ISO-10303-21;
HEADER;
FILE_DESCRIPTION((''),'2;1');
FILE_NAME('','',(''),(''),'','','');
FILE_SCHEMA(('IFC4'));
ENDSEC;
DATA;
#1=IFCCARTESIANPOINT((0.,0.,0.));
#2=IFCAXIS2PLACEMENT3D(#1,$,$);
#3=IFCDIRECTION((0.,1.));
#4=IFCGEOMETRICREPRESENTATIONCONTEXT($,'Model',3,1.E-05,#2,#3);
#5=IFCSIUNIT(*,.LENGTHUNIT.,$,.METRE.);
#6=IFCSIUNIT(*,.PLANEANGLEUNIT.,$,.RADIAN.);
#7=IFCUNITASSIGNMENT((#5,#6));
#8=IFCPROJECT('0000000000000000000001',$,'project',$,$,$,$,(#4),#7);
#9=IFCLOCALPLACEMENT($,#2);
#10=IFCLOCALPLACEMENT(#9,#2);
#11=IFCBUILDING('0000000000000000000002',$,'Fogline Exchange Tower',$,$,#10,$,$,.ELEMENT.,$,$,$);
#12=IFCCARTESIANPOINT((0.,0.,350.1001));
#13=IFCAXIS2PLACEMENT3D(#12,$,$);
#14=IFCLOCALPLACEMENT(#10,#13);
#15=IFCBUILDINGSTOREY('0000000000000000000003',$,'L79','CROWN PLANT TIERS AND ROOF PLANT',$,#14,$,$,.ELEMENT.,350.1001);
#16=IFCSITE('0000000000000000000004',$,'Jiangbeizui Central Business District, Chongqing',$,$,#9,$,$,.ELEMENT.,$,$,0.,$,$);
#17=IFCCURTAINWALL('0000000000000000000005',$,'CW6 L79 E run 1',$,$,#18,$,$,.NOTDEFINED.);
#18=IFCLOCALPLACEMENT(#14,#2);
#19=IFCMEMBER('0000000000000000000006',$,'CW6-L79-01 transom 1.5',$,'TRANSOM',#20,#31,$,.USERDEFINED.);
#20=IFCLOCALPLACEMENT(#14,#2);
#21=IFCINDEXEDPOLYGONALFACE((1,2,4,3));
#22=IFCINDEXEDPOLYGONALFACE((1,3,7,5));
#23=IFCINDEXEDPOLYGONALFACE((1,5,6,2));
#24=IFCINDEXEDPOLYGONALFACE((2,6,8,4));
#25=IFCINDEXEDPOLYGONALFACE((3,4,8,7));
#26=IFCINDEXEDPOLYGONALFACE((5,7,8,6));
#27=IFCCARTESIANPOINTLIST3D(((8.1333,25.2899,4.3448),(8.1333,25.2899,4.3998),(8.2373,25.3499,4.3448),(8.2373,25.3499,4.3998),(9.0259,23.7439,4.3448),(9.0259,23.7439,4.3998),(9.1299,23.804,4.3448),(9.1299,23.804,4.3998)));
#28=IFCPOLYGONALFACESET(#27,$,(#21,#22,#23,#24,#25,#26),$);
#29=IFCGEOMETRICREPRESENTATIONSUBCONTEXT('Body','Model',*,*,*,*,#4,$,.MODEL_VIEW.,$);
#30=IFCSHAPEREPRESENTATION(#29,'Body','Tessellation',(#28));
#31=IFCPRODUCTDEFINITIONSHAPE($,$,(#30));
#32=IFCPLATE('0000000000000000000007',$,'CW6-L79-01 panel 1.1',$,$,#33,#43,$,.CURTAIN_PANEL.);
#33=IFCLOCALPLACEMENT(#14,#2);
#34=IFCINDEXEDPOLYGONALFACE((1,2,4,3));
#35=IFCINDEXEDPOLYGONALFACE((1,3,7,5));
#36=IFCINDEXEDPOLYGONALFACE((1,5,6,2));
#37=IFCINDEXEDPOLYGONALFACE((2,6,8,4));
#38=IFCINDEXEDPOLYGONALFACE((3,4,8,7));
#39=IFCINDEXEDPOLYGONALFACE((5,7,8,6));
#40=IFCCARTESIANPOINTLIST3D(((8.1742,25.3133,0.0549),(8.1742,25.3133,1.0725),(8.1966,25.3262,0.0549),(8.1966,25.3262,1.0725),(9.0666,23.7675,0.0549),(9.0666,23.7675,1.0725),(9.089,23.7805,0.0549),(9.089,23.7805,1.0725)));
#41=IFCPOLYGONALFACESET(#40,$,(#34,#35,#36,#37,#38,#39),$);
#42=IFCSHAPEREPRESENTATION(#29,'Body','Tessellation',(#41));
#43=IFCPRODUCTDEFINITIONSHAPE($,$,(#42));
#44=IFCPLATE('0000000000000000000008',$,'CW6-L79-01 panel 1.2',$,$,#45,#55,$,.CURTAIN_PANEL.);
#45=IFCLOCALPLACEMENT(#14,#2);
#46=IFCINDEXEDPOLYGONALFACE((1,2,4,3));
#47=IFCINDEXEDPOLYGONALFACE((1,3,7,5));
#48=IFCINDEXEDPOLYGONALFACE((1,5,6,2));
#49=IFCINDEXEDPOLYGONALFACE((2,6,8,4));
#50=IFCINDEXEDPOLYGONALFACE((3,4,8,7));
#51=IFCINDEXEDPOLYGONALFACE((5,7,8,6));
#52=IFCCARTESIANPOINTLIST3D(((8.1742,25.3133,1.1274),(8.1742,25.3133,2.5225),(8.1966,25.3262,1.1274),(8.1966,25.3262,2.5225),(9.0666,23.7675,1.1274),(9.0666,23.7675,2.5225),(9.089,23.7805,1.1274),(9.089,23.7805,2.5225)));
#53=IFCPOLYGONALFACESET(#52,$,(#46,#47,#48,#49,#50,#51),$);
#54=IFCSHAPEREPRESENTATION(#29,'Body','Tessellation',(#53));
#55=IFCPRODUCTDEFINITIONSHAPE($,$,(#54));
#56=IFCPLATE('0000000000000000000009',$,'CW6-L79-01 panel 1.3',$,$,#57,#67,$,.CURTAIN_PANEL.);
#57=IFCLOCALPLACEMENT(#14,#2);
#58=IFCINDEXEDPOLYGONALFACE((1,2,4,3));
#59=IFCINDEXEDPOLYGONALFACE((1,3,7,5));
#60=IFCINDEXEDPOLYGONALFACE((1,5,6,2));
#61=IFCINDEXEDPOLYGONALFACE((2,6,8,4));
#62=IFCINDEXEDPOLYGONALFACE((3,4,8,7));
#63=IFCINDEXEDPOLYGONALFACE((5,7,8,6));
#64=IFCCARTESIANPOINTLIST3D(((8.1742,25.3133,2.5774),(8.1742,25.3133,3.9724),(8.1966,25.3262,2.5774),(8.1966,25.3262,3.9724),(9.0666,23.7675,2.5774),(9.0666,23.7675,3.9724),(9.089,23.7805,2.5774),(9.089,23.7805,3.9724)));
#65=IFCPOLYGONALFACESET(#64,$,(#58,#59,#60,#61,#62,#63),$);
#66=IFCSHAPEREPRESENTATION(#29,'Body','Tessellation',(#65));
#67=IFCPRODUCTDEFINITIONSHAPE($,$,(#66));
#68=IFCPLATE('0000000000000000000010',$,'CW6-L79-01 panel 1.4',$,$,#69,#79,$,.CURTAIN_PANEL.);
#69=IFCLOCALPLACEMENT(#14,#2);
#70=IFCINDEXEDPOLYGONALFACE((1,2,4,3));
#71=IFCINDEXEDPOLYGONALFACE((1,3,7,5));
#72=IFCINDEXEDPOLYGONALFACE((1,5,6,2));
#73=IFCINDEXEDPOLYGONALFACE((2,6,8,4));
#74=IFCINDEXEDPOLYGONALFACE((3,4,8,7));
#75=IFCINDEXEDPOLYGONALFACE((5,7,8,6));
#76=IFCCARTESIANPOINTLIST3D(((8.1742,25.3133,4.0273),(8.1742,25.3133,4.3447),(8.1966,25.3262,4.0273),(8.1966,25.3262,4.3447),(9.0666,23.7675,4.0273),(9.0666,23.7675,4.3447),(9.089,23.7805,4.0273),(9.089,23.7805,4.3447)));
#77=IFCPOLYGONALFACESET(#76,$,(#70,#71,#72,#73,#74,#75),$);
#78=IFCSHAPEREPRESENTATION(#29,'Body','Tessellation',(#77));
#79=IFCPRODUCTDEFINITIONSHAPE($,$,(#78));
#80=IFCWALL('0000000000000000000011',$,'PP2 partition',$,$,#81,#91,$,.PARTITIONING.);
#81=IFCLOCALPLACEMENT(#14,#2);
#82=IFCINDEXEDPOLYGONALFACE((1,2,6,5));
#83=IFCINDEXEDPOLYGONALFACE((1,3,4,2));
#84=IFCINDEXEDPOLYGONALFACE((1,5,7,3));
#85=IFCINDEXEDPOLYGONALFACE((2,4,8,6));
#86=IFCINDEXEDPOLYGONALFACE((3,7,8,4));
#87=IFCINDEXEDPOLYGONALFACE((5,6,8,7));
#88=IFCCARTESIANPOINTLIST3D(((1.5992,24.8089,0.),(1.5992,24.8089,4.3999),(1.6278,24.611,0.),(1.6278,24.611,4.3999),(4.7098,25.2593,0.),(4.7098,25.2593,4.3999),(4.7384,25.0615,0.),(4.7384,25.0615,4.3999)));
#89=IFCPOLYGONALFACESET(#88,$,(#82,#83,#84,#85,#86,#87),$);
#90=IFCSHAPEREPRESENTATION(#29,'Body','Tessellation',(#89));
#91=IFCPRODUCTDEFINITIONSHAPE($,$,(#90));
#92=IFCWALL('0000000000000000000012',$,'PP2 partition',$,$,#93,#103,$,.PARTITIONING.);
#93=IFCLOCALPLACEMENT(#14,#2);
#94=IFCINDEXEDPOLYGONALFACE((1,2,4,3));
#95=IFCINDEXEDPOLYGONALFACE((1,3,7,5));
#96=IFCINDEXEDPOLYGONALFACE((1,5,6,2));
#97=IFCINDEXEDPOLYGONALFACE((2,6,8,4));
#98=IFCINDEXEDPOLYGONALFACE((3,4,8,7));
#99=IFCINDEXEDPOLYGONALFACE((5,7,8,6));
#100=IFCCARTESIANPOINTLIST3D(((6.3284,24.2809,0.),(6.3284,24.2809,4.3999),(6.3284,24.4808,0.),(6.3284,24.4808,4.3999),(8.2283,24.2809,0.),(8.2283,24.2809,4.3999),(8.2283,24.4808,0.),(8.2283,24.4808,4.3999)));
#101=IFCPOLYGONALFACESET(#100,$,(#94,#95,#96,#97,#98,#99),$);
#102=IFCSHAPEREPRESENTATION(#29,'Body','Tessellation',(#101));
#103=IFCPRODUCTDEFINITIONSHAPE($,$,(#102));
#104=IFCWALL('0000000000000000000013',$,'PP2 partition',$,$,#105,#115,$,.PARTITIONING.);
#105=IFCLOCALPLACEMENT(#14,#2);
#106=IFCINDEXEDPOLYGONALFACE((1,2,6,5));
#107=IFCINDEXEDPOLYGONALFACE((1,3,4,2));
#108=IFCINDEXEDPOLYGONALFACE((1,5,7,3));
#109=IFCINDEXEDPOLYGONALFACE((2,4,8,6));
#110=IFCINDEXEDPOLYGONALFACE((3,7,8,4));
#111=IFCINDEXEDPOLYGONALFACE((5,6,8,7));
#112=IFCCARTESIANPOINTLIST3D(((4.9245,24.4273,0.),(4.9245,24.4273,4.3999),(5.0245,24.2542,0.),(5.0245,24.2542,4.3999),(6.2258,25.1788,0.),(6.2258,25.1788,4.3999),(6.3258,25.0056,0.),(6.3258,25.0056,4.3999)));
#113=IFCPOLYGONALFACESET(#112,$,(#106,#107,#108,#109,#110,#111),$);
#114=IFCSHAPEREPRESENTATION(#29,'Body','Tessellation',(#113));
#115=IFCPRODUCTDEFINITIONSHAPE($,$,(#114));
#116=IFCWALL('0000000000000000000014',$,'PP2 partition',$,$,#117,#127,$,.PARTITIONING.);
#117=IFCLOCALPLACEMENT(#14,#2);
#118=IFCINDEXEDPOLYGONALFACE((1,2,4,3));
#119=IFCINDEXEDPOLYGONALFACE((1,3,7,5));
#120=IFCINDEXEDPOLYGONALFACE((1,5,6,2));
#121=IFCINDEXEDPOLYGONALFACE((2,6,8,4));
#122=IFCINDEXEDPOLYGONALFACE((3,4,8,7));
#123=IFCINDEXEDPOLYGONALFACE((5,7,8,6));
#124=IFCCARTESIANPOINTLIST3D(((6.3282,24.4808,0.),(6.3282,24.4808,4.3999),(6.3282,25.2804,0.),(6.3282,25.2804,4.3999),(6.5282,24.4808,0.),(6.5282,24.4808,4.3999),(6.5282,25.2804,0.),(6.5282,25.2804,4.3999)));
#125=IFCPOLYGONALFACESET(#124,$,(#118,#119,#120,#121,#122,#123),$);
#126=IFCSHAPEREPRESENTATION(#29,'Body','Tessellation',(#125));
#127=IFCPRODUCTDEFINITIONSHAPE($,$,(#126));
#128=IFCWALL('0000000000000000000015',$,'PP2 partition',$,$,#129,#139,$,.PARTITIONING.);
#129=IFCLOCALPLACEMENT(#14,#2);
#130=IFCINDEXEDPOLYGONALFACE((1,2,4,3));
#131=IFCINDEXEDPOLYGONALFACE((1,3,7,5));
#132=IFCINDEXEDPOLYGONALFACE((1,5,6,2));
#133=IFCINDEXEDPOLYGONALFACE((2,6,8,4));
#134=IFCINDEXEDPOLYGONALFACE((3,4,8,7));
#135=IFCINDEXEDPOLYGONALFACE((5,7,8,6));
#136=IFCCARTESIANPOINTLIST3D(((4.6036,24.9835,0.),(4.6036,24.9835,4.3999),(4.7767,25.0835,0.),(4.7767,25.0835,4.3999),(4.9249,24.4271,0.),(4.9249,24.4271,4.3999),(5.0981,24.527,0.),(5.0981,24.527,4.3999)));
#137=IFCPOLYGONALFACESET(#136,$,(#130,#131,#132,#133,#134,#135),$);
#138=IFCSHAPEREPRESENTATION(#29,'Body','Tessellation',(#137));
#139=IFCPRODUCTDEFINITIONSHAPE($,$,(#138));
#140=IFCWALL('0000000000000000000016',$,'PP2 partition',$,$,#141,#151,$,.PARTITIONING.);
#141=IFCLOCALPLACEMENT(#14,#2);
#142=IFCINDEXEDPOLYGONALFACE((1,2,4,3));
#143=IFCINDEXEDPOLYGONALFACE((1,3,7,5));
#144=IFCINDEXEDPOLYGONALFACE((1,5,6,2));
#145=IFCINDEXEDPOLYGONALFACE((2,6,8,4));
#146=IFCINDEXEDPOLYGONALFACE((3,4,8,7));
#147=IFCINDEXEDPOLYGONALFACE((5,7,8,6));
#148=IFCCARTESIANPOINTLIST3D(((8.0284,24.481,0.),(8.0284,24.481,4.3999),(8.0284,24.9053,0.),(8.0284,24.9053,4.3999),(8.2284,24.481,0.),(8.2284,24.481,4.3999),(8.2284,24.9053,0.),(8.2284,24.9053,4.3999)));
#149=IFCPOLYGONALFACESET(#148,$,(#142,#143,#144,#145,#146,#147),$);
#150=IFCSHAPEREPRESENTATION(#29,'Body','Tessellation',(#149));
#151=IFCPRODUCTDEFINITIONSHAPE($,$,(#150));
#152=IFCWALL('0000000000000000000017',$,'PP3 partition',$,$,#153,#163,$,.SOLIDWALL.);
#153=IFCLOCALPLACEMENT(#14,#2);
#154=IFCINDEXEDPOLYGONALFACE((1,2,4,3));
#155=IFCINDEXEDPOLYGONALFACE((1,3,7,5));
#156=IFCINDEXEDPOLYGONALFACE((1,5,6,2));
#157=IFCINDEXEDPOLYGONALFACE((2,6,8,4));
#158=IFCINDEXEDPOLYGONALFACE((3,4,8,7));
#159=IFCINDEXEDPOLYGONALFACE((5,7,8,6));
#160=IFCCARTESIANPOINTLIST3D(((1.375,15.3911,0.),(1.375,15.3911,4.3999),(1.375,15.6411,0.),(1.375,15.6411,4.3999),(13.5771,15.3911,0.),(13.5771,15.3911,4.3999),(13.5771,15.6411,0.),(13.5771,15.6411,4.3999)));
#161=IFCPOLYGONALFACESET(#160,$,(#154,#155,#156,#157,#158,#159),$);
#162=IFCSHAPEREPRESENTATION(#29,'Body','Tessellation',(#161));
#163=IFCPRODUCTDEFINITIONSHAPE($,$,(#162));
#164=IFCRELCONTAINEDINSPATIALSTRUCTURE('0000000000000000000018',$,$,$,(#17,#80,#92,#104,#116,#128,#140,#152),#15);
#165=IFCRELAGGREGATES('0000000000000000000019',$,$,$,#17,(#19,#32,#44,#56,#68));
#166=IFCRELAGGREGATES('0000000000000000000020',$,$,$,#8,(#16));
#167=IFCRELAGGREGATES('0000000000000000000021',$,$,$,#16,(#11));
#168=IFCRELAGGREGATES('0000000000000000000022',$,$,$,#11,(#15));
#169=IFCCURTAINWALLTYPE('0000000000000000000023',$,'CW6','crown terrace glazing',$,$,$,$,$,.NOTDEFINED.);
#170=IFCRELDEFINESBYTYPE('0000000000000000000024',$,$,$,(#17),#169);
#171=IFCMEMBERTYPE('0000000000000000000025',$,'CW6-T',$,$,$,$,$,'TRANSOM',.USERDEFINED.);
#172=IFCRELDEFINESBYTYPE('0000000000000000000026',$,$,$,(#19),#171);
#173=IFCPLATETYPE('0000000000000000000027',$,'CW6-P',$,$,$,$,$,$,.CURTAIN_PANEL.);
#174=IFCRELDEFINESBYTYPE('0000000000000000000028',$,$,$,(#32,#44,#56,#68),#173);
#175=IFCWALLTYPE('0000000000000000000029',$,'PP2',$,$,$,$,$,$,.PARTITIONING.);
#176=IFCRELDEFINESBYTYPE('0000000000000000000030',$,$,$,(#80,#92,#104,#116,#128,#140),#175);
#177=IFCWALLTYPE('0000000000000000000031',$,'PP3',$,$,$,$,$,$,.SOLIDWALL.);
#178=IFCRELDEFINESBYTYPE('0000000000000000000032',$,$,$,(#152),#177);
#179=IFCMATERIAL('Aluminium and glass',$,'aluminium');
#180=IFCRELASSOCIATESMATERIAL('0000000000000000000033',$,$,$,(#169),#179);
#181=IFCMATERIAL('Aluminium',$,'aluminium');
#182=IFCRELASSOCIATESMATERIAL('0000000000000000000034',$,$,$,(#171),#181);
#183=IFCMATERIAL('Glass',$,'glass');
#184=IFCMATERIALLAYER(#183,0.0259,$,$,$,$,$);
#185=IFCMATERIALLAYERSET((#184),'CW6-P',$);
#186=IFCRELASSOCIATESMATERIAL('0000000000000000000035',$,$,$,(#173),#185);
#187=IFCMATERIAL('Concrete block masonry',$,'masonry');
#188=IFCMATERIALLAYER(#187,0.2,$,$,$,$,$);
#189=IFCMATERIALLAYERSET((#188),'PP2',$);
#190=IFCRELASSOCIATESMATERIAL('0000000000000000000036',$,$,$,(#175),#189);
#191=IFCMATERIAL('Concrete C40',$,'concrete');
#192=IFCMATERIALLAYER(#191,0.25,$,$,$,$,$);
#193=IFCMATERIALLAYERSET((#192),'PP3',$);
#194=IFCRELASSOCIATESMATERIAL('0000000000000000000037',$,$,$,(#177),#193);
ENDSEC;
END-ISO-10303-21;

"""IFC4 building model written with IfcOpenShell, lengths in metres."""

from ifc_helpers import new_model, si_unit, direction, frame, frame_2d, origin, origin_2d, place, context, subcontext, project, spatial, rectangle, extrude, material, layer, layer_set, material_profile, profile_set, type_object, element, aggregate, save


model = new_model("IFC4")

# Units and contexts
model_context = context("Model", 3, precision=1e-05, world=origin(), true_north=direction((0.0, 1.0)))
body_context = subcontext(model_context, "Body", "Model", "MODEL_VIEW")
ifc_project = project(units=[si_unit("LENGTHUNIT", "METRE"), si_unit("PLANEANGLEUNIT", "RADIAN")], contexts=[model_context])

# Site, building, storey
site_placement = place(None, origin())
site = spatial("IfcSite", under=ifc_project, at=site_placement, Name="Jiangbeizui Central Business District, Chongqing", CompositionType="ELEMENT", RefElevation=0.0)
building_placement = place(site_placement, origin())
building = spatial("IfcBuilding", under=site, at=building_placement, Name="Fogline Exchange Tower", CompositionType="ELEMENT")
storey_placement = place(building_placement, frame((0.0, 0.0, 350.1001)))
storey = spatial("IfcBuildingStorey", under=building, at=storey_placement, Name="L79", Description="CROWN PLANT TIERS AND ROOF PLANT", CompositionType="ELEMENT", Elevation=350.1001)

# Shared definitions
ifc_material_1 = material(Name="Concrete C40", Category="concrete")

# Curtain wall, member, plates
ifc_material_2 = material(Name="Aluminium and glass", Category="aluminium")
curtain_wall_type = type_object("IfcCurtainWallType", Name="CW6", Description="crown terrace glazing", PredefinedType="NOTDEFINED", material=ifc_material_2)
curtain_wall_placement = place(storey_placement, origin())
curtain_wall = element("IfcCurtainWall", 1, at=curtain_wall_placement, inside=storey, type_object=curtain_wall_type, Name="CW6 L79 E run 1", PredefinedType="NOTDEFINED")
ifc_material_3 = material(Name="Aluminium", Category="aluminium")
ifc_material_profile_1 = material_profile(ifc_material_3, rectangle(XDim=0.1201, YDim=0.0549, at=origin_2d()), Name="Transom 55x120")
ifc_profile_set_1 = profile_set([ifc_material_profile_1], Name="Aluminium")
member_type_1 = type_object("IfcMemberType", Name="CW6-T", ElementType="TRANSOM", PredefinedType="USERDEFINED", material=ifc_profile_set_1)
member_1_placement = place(storey_placement, frame((9.0779, 23.7739, 4.3723), z_axis=(-0.500022, 0.866012, 0.0), x_axis=(-0.866012, -0.500022, 0.0)))
member_1 = element("IfcMember", 2, at=member_1_placement, type_object=member_type_1, Name="CW6-L79-01 transom 1.5", ObjectType="TRANSOM", PredefinedType="USERDEFINED", context=body_context, shape_type="SweptSolid", body=[
    extrude(rectangle(XDim=0.1201, YDim=0.0549, at=origin_2d()), origin(), (0.0, 0.0, 1.0), 1.7852),
])
ifc_material_4 = material(Name="Glass", Category="glass")
ifc_layer_1 = layer(ifc_material_4, 0.0259)
ifc_layer_set_1 = layer_set([ifc_layer_1], Name="CW6-P")
plate_type = type_object("IfcPlateType", Name="CW6-P", PredefinedType="CURTAIN_PANEL", material=ifc_layer_set_1)
plate_1_placement = place(storey_placement, frame((8.6316, 24.5469, 0.0549), z_axis=(0.0, 0.0, 1.0), x_axis=(-0.5, 0.866026, 0.0)))
plate_1 = element("IfcPlate", 3, at=plate_1_placement, type_object=plate_type, Name="CW6-L79-01 panel 1.1", PredefinedType="CURTAIN_PANEL", context=body_context, shape_type="SweptSolid", body=[
    extrude(rectangle(XDim=1.7849, YDim=0.0259, at=origin_2d()), origin(), (0.0, 0.0, 1.0), 1.0176),
])
plate_2_placement = place(storey_placement, frame((8.6316, 24.5469, 1.1274), z_axis=(0.0, 0.0, 1.0), x_axis=(-0.5, 0.866026, 0.0)))
plate_2 = element("IfcPlate", 4, at=plate_2_placement, type_object=plate_type, Name="CW6-L79-01 panel 1.2", PredefinedType="CURTAIN_PANEL", context=body_context, shape_type="SweptSolid", body=[
    extrude(rectangle(XDim=1.7849, YDim=0.0259, at=origin_2d()), origin(), (0.0, 0.0, 1.0), 1.395),
])
plate_3_placement = place(storey_placement, frame((8.6316, 24.5469, 2.5774), z_axis=(0.0, 0.0, 1.0), x_axis=(-0.5, 0.866026, 0.0)))
plate_3 = element("IfcPlate", 5, at=plate_3_placement, type_object=plate_type, Name="CW6-L79-01 panel 1.3", PredefinedType="CURTAIN_PANEL", context=body_context, shape_type="SweptSolid", body=[
    extrude(rectangle(XDim=1.7849, YDim=0.0259, at=origin_2d()), origin(), (0.0, 0.0, 1.0), 1.395),
])
plate_4_placement = place(storey_placement, frame((8.6316, 24.5469, 4.0273), z_axis=(0.0, 0.0, 1.0), x_axis=(-0.5, 0.866026, 0.0)))
plate_4 = element("IfcPlate", 6, at=plate_4_placement, type_object=plate_type, Name="CW6-L79-01 panel 1.4", PredefinedType="CURTAIN_PANEL", context=body_context, shape_type="SweptSolid", body=[
    extrude(rectangle(XDim=1.7849, YDim=0.0259, at=origin_2d()), origin(), (0.0, 0.0, 1.0), 0.3174),
])
aggregate(curtain_wall, [member_1, plate_1, plate_2, plate_3, plate_4])

# Walls
ifc_material_5 = material(Name="Concrete block masonry", Category="masonry")
ifc_layer_2 = layer(ifc_material_5, 0.2)
ifc_layer_set_2 = layer_set([ifc_layer_2], Name="PP2")
wall_type_1 = type_object("IfcWallType", Name="PP2", PredefinedType="PARTITIONING", material=ifc_layer_set_2)
wall_1_placement = place(storey_placement, frame((4.7241, 25.1604, 0.0), z_axis=(0.0, 0.0, 1.0), x_axis=(-0.989677, -0.143313, 0.0)))
element("IfcWall", 7, at=wall_1_placement, inside=storey, type_object=wall_type_1, Name="PP2 partition", PredefinedType="PARTITIONING", context=body_context, shape_type="SweptSolid", body=[
    extrude(rectangle(XDim=3.1431, YDim=0.2, at=frame_2d((1.5715, 0.0))), origin(), (0.0, 0.0, 1.0), 4.3999),
])
wall_2_placement = place(storey_placement, frame((8.2283, 24.3809, 0.0), z_axis=(0.0, 0.0, 1.0), x_axis=(-1.0, 0.0, 0.0)))
element("IfcWall", 8, at=wall_2_placement, inside=storey, type_object=wall_type_1, Name="PP2 partition", PredefinedType="PARTITIONING", context=body_context, shape_type="SweptSolid", body=[
    extrude(rectangle(XDim=1.8999, YDim=0.2, at=frame_2d((0.95, 0.0))), origin(), (0.0, 0.0, 1.0), 4.3999),
])
wall_3_placement = place(storey_placement, frame((6.2759, 25.0923, 0.0), z_axis=(0.0, 0.0, 1.0), x_axis=(-0.865975, -0.500088, 0.0)))
element("IfcWall", 9, at=wall_3_placement, inside=storey, type_object=wall_type_1, Name="PP2 partition", PredefinedType="PARTITIONING", context=body_context, shape_type="SweptSolid", body=[
    extrude(rectangle(XDim=1.5027, YDim=0.2, at=frame_2d((0.7515, 0.0))), origin(), (0.0, 0.0, 1.0), 4.3999),
])
wall_4_placement = place(storey_placement, frame((6.4282, 24.4807, 0.0), z_axis=(0.0, 0.0, 1.0), x_axis=(0.0, 1.0, 0.0)))
element("IfcWall", 10, at=wall_4_placement, inside=storey, type_object=wall_type_1, Name="PP2 partition", PredefinedType="PARTITIONING", context=body_context, shape_type="SweptSolid", body=[
    extrude(rectangle(XDim=0.7996, YDim=0.2, at=frame_2d((0.3999, 0.0))), origin(), (0.0, 0.0, 1.0), 4.3999),
])
wall_5_placement = place(storey_placement, frame((5.0115, 24.4771, 0.0), z_axis=(0.0, 0.0, 1.0), x_axis=(-0.500062, 0.865989, 0.0)))
element("IfcWall", 11, at=wall_5_placement, inside=storey, type_object=wall_type_1, Name="PP2 partition", PredefinedType="PARTITIONING", context=body_context, shape_type="SweptSolid", body=[
    extrude(rectangle(XDim=0.6426, YDim=0.2, at=frame_2d((0.3213, 0.0))), origin(), (0.0, 0.0, 1.0), 4.3999),
])
wall_6_placement = place(storey_placement, frame((8.1284, 24.9053, 0.0), z_axis=(0.0, 0.0, 1.0), x_axis=(0.0, -1.0, 0.0)))
element("IfcWall", 12, at=wall_6_placement, inside=storey, type_object=wall_type_1, Name="PP2 partition", PredefinedType="PARTITIONING", context=body_context, shape_type="SweptSolid", body=[
    extrude(rectangle(XDim=0.4243, YDim=0.2, at=frame_2d((0.2122, 0.0))), origin(), (0.0, 0.0, 1.0), 4.3999),
])
ifc_layer_3 = layer(ifc_material_1, 0.25)
ifc_layer_set_3 = layer_set([ifc_layer_3], Name="PP3")
wall_type_2 = type_object("IfcWallType", Name="PP3", PredefinedType="SOLIDWALL", material=ifc_layer_set_3)
wall_7_placement = place(storey_placement, frame((1.375, 15.5161, 0.0), z_axis=(0.0, 0.0, 1.0), x_axis=(1.0, 0.0, 0.0)))
element("IfcWall", 13, at=wall_7_placement, inside=storey, type_object=wall_type_2, Name="PP3 partition", PredefinedType="SOLIDWALL", context=body_context, shape_type="SweptSolid", body=[
    extrude(rectangle(XDim=12.2021, YDim=0.25, at=frame_2d((6.1011, 0.0))), origin(), (0.0, 0.0, 1.0), 4.3999),
])

save(model, "model.ifc")
